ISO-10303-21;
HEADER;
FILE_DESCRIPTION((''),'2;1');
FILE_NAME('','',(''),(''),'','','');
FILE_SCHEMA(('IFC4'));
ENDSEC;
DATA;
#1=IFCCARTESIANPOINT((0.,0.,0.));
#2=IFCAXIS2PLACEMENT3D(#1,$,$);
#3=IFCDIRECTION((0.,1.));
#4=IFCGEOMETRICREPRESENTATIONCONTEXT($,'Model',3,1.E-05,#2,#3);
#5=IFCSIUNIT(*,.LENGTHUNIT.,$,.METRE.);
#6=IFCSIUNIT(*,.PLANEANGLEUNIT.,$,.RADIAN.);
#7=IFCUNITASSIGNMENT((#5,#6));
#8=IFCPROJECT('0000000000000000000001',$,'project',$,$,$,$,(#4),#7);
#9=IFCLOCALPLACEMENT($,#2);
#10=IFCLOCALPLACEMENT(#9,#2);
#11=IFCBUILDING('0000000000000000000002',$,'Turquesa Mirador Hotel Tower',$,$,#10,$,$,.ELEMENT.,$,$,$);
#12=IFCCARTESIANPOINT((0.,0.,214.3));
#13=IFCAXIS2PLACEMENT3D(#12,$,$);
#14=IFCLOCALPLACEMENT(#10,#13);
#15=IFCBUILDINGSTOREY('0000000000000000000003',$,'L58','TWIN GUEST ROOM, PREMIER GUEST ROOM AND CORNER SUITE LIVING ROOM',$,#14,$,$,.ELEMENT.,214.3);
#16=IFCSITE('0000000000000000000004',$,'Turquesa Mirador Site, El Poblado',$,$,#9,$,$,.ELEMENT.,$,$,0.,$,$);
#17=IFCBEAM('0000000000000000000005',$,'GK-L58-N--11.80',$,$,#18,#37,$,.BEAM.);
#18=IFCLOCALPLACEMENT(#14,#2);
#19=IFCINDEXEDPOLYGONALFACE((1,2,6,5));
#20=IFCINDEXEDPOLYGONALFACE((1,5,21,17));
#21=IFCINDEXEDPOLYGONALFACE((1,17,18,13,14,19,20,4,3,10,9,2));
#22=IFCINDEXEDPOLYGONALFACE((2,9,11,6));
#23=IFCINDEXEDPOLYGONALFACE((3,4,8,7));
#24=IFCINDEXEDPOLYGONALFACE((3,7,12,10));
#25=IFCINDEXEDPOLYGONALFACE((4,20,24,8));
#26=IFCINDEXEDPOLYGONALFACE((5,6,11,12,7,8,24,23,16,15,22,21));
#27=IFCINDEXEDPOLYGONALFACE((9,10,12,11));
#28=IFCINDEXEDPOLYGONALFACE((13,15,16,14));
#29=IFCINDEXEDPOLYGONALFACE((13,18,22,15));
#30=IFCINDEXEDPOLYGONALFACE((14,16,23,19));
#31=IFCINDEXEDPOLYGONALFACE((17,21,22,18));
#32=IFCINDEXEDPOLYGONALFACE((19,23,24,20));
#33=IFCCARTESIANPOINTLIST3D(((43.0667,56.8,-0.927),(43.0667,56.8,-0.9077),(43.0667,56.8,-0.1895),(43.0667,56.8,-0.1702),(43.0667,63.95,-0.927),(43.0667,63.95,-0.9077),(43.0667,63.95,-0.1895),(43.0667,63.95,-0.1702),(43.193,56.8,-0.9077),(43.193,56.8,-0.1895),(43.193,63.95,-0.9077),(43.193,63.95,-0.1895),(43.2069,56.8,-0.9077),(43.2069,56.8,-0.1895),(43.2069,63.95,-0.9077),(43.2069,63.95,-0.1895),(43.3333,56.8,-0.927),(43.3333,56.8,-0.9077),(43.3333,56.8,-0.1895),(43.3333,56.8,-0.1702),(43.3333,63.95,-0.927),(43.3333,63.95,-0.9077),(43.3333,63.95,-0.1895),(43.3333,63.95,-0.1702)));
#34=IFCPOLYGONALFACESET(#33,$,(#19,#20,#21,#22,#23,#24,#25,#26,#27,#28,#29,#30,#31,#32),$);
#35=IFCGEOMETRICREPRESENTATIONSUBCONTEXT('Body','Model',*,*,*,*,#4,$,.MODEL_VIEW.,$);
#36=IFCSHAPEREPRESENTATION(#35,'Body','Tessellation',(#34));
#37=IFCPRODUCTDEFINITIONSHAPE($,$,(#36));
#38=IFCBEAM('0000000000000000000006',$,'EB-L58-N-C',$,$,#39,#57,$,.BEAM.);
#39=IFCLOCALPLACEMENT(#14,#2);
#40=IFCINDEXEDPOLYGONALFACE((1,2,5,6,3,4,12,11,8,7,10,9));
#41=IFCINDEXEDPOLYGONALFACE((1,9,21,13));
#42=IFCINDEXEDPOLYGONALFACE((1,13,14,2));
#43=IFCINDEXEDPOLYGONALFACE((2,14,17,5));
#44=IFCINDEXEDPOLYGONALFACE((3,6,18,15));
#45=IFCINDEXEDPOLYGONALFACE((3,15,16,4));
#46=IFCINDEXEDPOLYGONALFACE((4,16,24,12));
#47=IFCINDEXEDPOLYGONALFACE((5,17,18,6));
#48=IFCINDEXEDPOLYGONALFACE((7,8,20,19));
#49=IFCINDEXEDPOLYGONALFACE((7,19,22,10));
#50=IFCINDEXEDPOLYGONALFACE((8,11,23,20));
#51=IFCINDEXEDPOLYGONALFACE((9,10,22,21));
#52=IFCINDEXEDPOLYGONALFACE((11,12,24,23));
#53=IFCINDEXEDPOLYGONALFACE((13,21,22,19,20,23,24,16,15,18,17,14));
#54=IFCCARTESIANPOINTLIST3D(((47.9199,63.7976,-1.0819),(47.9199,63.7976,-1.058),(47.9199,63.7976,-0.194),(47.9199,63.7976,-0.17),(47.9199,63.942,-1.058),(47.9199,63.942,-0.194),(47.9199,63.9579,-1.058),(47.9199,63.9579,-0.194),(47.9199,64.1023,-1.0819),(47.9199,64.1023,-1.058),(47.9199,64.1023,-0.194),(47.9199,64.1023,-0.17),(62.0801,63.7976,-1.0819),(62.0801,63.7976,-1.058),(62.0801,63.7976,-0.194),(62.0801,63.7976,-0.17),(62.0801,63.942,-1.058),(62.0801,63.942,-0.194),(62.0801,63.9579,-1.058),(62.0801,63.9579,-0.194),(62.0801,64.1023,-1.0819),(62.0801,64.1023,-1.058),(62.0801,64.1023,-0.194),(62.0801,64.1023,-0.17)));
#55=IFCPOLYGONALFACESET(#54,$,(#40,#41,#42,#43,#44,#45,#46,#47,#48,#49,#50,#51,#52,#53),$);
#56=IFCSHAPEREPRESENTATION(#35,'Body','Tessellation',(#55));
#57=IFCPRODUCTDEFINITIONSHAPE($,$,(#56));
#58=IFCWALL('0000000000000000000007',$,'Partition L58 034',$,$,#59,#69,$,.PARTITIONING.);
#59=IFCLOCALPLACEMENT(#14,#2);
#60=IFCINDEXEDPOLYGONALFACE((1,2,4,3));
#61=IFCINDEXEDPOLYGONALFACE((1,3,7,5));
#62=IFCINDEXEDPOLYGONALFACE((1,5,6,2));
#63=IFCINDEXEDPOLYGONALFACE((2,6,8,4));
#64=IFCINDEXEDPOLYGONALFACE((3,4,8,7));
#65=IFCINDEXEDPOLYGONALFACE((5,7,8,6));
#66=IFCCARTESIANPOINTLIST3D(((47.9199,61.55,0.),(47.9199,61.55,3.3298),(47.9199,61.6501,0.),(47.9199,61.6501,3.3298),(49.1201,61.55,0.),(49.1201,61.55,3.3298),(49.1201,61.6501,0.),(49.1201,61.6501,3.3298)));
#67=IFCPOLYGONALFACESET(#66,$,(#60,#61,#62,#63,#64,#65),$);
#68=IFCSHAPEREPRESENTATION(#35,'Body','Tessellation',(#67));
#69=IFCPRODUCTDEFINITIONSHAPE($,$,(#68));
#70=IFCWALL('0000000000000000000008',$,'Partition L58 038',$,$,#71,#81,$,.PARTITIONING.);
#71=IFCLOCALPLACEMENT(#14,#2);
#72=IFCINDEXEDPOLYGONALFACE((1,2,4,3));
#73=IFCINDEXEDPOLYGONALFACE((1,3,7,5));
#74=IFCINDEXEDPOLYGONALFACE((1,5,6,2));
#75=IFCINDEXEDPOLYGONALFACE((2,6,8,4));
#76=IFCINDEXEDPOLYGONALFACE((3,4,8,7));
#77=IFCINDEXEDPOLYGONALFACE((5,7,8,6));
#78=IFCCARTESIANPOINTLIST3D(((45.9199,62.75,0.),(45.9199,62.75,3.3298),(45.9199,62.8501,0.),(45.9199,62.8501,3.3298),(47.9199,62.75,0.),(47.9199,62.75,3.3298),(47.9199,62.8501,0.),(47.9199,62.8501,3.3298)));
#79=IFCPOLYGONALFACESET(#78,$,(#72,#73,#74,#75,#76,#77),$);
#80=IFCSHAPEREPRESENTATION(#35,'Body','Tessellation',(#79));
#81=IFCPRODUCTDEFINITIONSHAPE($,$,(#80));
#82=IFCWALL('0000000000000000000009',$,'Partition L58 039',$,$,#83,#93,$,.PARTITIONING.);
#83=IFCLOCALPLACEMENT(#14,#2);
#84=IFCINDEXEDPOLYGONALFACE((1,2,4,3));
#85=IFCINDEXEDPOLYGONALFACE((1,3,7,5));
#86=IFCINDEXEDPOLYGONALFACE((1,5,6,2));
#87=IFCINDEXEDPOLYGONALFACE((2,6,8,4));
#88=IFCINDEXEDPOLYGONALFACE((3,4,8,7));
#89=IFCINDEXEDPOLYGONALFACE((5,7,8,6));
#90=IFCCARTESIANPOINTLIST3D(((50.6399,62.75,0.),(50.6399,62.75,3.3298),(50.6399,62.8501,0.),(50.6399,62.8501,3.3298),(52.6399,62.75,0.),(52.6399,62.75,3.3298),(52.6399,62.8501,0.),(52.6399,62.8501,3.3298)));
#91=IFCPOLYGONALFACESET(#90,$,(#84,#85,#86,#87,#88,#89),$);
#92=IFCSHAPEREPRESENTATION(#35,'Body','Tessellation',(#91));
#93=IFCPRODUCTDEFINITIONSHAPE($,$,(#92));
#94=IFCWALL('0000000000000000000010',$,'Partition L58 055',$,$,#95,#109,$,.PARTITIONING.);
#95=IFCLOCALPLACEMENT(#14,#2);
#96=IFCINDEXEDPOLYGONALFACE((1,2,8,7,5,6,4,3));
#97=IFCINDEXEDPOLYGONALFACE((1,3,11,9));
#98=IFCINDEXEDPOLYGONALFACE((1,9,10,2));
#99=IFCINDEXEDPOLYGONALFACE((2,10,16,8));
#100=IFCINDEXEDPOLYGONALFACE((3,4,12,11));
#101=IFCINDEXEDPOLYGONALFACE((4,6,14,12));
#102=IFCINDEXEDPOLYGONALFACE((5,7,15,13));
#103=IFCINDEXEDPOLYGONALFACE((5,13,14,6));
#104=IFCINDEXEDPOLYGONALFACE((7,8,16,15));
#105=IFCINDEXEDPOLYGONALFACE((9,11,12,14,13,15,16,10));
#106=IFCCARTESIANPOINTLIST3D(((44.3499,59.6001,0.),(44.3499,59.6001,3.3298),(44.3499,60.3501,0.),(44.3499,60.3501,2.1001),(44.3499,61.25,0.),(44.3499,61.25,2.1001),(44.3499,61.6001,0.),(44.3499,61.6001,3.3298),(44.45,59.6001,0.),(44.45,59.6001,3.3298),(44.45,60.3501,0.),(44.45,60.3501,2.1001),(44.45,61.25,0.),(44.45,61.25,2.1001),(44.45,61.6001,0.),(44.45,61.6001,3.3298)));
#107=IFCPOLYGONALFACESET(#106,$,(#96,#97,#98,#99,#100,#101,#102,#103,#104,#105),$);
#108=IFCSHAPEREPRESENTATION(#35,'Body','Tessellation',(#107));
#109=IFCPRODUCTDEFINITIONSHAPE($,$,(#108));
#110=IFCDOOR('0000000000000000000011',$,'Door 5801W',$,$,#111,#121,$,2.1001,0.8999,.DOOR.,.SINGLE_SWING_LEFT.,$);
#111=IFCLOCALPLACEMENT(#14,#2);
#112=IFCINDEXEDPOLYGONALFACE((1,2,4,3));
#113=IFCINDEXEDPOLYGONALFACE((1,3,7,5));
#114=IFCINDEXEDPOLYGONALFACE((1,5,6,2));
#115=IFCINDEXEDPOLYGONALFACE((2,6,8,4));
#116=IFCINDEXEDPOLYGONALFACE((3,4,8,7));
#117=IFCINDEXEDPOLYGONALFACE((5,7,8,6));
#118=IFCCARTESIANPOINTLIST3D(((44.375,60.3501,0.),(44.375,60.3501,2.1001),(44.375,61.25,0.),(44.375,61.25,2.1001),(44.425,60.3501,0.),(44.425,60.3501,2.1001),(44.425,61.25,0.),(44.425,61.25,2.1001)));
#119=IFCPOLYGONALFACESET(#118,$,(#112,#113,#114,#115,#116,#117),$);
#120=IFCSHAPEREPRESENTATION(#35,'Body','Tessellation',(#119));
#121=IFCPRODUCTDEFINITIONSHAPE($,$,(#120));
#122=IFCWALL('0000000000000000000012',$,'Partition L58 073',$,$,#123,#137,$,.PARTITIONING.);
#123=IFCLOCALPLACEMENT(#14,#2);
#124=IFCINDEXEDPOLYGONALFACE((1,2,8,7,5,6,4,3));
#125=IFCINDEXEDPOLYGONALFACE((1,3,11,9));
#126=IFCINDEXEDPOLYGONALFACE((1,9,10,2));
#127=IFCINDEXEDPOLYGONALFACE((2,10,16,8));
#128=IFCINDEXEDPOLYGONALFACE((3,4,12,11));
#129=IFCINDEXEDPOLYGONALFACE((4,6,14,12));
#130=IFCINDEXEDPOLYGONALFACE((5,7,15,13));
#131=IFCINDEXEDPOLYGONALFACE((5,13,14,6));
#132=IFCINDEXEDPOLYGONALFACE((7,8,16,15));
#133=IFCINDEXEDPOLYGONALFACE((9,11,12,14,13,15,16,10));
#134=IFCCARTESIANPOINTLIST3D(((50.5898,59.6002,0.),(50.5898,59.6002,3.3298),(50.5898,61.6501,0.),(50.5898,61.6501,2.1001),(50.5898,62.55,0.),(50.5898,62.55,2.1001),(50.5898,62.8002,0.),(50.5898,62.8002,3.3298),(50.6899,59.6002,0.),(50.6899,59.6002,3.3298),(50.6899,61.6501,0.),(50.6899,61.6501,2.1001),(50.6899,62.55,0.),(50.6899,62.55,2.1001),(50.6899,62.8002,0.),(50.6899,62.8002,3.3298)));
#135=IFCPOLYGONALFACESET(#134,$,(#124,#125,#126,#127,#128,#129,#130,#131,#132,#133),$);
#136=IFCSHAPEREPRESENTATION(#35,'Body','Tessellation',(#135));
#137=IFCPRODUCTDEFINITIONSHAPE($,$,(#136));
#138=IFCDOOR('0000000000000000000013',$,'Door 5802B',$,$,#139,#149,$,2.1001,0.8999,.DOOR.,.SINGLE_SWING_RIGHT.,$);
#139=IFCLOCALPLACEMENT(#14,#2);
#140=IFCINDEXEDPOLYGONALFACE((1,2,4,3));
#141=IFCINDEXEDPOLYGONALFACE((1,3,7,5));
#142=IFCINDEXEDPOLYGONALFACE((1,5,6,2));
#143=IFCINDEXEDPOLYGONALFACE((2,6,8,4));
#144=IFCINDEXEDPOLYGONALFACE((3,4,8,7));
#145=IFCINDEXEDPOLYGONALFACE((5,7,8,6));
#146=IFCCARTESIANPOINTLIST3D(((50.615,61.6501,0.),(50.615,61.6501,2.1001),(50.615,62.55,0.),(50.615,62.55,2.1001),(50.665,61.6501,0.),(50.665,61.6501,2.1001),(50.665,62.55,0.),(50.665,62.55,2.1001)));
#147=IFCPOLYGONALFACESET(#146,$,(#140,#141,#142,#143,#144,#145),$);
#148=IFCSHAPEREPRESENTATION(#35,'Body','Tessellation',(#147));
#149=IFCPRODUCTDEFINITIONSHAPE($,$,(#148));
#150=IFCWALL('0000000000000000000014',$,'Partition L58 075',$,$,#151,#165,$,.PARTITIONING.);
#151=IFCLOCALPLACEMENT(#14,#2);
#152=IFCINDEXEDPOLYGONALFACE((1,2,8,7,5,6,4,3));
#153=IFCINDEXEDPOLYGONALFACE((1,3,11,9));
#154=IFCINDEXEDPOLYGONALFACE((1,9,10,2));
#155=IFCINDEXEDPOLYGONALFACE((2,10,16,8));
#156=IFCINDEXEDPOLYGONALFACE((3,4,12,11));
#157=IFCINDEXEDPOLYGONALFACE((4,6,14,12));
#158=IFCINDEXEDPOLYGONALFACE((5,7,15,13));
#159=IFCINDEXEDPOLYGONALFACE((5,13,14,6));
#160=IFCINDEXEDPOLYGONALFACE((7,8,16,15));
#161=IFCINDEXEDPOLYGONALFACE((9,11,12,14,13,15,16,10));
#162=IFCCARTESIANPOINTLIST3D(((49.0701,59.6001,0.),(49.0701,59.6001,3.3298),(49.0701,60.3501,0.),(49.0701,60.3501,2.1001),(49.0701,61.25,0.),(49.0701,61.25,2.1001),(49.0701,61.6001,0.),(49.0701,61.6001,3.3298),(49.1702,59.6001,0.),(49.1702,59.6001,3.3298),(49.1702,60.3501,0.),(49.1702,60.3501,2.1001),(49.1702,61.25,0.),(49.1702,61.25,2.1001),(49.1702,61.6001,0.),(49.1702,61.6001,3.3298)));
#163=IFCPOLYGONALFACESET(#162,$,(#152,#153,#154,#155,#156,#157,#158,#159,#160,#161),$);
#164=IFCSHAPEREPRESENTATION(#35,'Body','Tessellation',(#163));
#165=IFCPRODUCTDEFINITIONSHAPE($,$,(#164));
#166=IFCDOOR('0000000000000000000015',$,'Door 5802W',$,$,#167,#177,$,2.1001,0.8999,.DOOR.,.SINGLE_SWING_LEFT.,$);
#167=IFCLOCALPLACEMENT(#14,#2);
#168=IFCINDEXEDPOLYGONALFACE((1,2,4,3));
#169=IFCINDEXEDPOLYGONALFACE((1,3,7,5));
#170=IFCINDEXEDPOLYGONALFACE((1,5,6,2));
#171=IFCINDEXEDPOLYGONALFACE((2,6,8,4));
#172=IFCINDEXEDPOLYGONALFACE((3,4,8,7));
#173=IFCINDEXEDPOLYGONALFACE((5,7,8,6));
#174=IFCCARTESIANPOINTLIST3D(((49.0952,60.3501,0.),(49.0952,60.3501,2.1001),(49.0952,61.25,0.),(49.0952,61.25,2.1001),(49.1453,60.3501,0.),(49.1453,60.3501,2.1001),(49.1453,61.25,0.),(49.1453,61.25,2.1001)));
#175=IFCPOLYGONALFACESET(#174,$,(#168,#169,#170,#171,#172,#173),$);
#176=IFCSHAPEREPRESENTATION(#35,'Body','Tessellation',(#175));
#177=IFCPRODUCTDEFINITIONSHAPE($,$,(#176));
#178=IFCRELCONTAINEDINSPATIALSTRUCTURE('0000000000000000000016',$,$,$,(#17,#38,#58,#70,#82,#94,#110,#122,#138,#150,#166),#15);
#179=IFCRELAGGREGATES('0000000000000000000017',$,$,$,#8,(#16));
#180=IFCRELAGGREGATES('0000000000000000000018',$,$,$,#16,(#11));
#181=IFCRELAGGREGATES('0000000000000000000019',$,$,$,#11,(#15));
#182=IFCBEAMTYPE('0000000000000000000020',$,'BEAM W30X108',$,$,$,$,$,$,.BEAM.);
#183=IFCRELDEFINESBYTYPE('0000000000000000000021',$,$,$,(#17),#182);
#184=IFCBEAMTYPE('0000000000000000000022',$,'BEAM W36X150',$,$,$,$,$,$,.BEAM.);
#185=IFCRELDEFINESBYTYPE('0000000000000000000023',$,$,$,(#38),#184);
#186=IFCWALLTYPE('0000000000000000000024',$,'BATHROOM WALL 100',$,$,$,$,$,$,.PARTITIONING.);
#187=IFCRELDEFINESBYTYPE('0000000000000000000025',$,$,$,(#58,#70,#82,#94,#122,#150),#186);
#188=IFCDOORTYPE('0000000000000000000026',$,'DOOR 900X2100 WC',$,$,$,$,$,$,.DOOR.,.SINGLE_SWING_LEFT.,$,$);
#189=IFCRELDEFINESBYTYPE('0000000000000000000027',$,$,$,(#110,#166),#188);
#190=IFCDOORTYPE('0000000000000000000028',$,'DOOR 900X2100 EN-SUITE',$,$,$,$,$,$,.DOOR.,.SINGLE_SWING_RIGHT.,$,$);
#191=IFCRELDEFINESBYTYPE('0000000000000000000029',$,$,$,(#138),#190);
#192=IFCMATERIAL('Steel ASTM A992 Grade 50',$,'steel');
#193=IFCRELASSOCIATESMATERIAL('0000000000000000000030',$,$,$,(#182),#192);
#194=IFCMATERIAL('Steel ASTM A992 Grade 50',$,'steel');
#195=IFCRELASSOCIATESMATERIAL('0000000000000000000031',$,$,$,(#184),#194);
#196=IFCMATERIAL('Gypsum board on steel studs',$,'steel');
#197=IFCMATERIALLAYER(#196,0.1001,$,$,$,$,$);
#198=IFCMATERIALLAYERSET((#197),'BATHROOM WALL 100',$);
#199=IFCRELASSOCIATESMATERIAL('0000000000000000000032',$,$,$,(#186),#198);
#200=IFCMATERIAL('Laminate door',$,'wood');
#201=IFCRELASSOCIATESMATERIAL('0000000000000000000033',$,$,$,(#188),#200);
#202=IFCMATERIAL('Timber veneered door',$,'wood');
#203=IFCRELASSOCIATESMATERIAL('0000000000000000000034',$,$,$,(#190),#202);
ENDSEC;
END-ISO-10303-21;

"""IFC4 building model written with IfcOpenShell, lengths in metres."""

from ifc_helpers import new_model, si_unit, direction, frame, frame_2d, origin, origin_2d, place, context, subcontext, project, spatial, rectangle, i_section, extrude, material, layer, layer_set, material_profile, profile_set, type_object, element, fill, save


model = new_model("IFC4")

# Units and contexts
model_context = context("Model", 3, precision=1e-05, world=origin(), true_north=direction((0.0, 1.0)))
body_context = subcontext(model_context, "Body", "Model", "MODEL_VIEW")
ifc_project = project(units=[si_unit("LENGTHUNIT", "METRE"), si_unit("PLANEANGLEUNIT", "RADIAN")], contexts=[model_context])

# Site, building, storey
site_placement = place(None, origin())
site = spatial("IfcSite", under=ifc_project, at=site_placement, Name="Turquesa Mirador Site, El Poblado", CompositionType="ELEMENT", RefElevation=0.0)
building_placement = place(site_placement, origin())
building = spatial("IfcBuilding", under=site, at=building_placement, Name="Turquesa Mirador Hotel Tower", CompositionType="ELEMENT")
storey_placement = place(building_placement, frame((0.0, 0.0, 214.3)))
storey = spatial("IfcBuildingStorey", under=building, at=storey_placement, Name="L58", Description="TWIN GUEST ROOM, PREMIER GUEST ROOM AND CORNER SUITE LIVING ROOM", CompositionType="ELEMENT", Elevation=214.3)

# Beams
ifc_material_1 = material(Name="Steel ASTM A992 Grade 50", Category="steel")
ifc_material_profile_1 = material_profile(ifc_material_1, i_section(OverallWidth=0.2666, OverallDepth=0.7568, WebThickness=0.0139, FlangeThickness=0.0193, at=origin_2d()), Name="W30X108")
ifc_profile_set_1 = profile_set([ifc_material_profile_1], Name="Steel ASTM A992 Grade 50")
beam_type_1 = type_object("IfcBeamType", Name="BEAM W30X108", PredefinedType="BEAM", material=ifc_profile_set_1)
beam_1_placement = place(storey_placement, frame((43.2, 63.95, -0.5486), z_axis=(0.0, -1.0, 0.0), x_axis=(1.0, 0.0, 0.0)))
element("IfcBeam", 1, at=beam_1_placement, inside=storey, type_object=beam_type_1, Name="GK-L58-N--11.80", PredefinedType="BEAM", context=body_context, shape_type="SweptSolid", body=[
    extrude(i_section(OverallWidth=0.2666, OverallDepth=0.7568, WebThickness=0.0139, FlangeThickness=0.0193, at=origin_2d()), origin(), (0.0, 0.0, 1.0), 7.1499),
])
ifc_material_2 = material(Name="Steel ASTM A992 Grade 50", Category="steel")
ifc_material_profile_2 = material_profile(ifc_material_2, i_section(OverallWidth=0.3047, OverallDepth=0.9119, WebThickness=0.0159, FlangeThickness=0.0239, at=origin_2d()), Name="W36X150")
ifc_profile_set_2 = profile_set([ifc_material_profile_2], Name="Steel ASTM A992 Grade 50")
beam_type_2 = type_object("IfcBeamType", Name="BEAM W36X150", PredefinedType="BEAM", material=ifc_profile_set_2)
beam_2_placement = place(storey_placement, frame((47.9199, 63.95, -0.626), z_axis=(1.0, 0.0, 0.0), x_axis=(0.0, 1.0, 0.0)))
element("IfcBeam", 2, at=beam_2_placement, inside=storey, type_object=beam_type_2, Name="EB-L58-N-C", PredefinedType="BEAM", context=body_context, shape_type="SweptSolid", body=[
    extrude(i_section(OverallWidth=0.3047, OverallDepth=0.9119, WebThickness=0.0159, FlangeThickness=0.0239, at=origin_2d()), origin(), (0.0, 0.0, 1.0), 14.1602),
])

# Walls
ifc_material_3 = material(Name="Gypsum board on steel studs", Category="steel")
ifc_layer_1 = layer(ifc_material_3, 0.1001)
ifc_layer_set_1 = layer_set([ifc_layer_1], Name="BATHROOM WALL 100")
wall_type_1 = type_object("IfcWallType", Name="BATHROOM WALL 100", PredefinedType="PARTITIONING", material=ifc_layer_set_1)
wall_1_placement = place(storey_placement, frame((47.9199, 61.6001, 0.0), z_axis=(0.0, 0.0, 1.0), x_axis=(1.0, 0.0, 0.0)))
element("IfcWall", 3, at=wall_1_placement, inside=storey, type_object=wall_type_1, Name="Partition L58 034", PredefinedType="PARTITIONING", context=body_context, shape_type="SweptSolid", body=[
    extrude(rectangle(XDim=1.2002, YDim=0.1001, at=frame_2d((0.6001, 0.0))), origin(), (0.0, 0.0, 1.0), 3.3298),
])
for number, where, z_axis, x_axis, name in (
    (4, (45.9199, 62.8, 0.0), (0.0, 0.0, 1.0), (1.0, 0.0, 0.0), "Partition L58 038"),
    (5, (50.6399, 62.8, 0.0), (0.0, 0.0, 1.0), (1.0, 0.0, 0.0), "Partition L58 039"),
):
    element("IfcWall", number, at=place(storey_placement, frame(where, z_axis=z_axis, x_axis=x_axis)), inside=storey, type_object=wall_type_1, Name=name, PredefinedType="PARTITIONING", context=body_context, shape_type="SweptSolid", body=[
        extrude(rectangle(XDim=2.0, YDim=0.1001, at=frame_2d((1.0, 0.0))), origin(), (0.0, 0.0, 1.0), 3.3298),
    ])

# Walls, openings, doors
wall_2_placement = place(storey_placement, frame((44.3999, 59.6001, 0.0), z_axis=(0.0, 0.0, 1.0), x_axis=(0.0, 1.0, 0.0)))
wall_2 = element("IfcWall", 6, at=wall_2_placement, inside=storey, type_object=wall_type_1, Name="Partition L58 055", PredefinedType="PARTITIONING", context=body_context, shape_type="SweptSolid", body=[
    extrude(rectangle(XDim=2.0, YDim=0.1001, at=frame_2d((1.0, 0.0))), origin(), (0.0, 0.0, 1.0), 3.3298),
])
opening_1_placement = place(wall_2_placement, frame((0.75, 0.0, 0.0)))
opening_1 = element("IfcOpeningElement", 7, at=opening_1_placement, cuts=wall_2, PredefinedType="OPENING", context=body_context, shape_type="SweptSolid", body=[
    extrude(rectangle(XDim=0.8999, YDim=2.1001, at=frame_2d((0.45, 1.05))), frame((0.0, 0.0601, 0.0), z_axis=(0.0, -1.0, 0.0), x_axis=(1.0, 0.0, 0.0)), (0.0, 0.0, 1.0), 0.1201),
])
ifc_material_4 = material(Name="Laminate door", Category="wood")
door_type_1 = type_object("IfcDoorType", Name="DOOR 900X2100 WC", OperationType="SINGLE_SWING_LEFT", PredefinedType="DOOR", material=ifc_material_4)
door_1_placement = place(opening_1_placement, origin())
door_1 = element("IfcDoor", 8, at=door_1_placement, inside=storey, type_object=door_type_1, Name="Door 5801W", OperationType="SINGLE_SWING_LEFT", OverallHeight=2.1001, OverallWidth=0.8999, PredefinedType="DOOR", context=body_context, shape_type="SweptSolid", body=[
    extrude(rectangle(XDim=0.8999, YDim=2.1001, at=frame_2d((0.45, 1.05))), frame((0.0, 0.0249, 0.0), z_axis=(0.0, -1.0, 0.0), x_axis=(1.0, 0.0, 0.0)), (0.0, 0.0, 1.0), 0.05),
])
fill(opening_1, door_1)
wall_3_placement = place(storey_placement, frame((50.6399, 59.6001, 0.0), z_axis=(0.0, 0.0, 1.0), x_axis=(0.0, 1.0, 0.0)))
wall_3 = element("IfcWall", 9, at=wall_3_placement, inside=storey, type_object=wall_type_1, Name="Partition L58 073", PredefinedType="PARTITIONING", context=body_context, shape_type="SweptSolid", body=[
    extrude(rectangle(XDim=3.2, YDim=0.1001, at=frame_2d((1.6001, 0.0))), origin(), (0.0, 0.0, 1.0), 3.3298),
])
opening_2_placement = place(wall_3_placement, frame((2.05, 0.0, 0.0)))
opening_2 = element("IfcOpeningElement", 10, at=opening_2_placement, cuts=wall_3, PredefinedType="OPENING", context=body_context, shape_type="SweptSolid", body=[
    extrude(rectangle(XDim=0.8999, YDim=2.1001, at=frame_2d((0.45, 1.05))), frame((0.0, 0.0601, 0.0), z_axis=(0.0, -1.0, 0.0), x_axis=(1.0, 0.0, 0.0)), (0.0, 0.0, 1.0), 0.1201),
])
ifc_material_5 = material(Name="Timber veneered door", Category="wood")
door_type_2 = type_object("IfcDoorType", Name="DOOR 900X2100 EN-SUITE", OperationType="SINGLE_SWING_RIGHT", PredefinedType="DOOR", material=ifc_material_5)
door_2_placement = place(opening_2_placement, origin())
door_2 = element("IfcDoor", 11, at=door_2_placement, inside=storey, type_object=door_type_2, Name="Door 5802B", OperationType="SINGLE_SWING_RIGHT", OverallHeight=2.1001, OverallWidth=0.8999, PredefinedType="DOOR", context=body_context, shape_type="SweptSolid", body=[
    extrude(rectangle(XDim=0.8999, YDim=2.1001, at=frame_2d((0.45, 1.05))), frame((0.0, 0.0249, 0.0), z_axis=(0.0, -1.0, 0.0), x_axis=(1.0, 0.0, 0.0)), (0.0, 0.0, 1.0), 0.05),
])
fill(opening_2, door_2)
wall_4_placement = place(storey_placement, frame((49.1201, 59.6001, 0.0), z_axis=(0.0, 0.0, 1.0), x_axis=(0.0, 1.0, 0.0)))
wall_4 = element("IfcWall", 12, at=wall_4_placement, inside=storey, type_object=wall_type_1, Name="Partition L58 075", PredefinedType="PARTITIONING", context=body_context, shape_type="SweptSolid", body=[
    extrude(rectangle(XDim=2.0, YDim=0.1001, at=frame_2d((1.0, 0.0))), origin(), (0.0, 0.0, 1.0), 3.3298),
])
opening_3_placement = place(wall_4_placement, frame((0.75, 0.0, 0.0)))
opening_3 = element("IfcOpeningElement", 13, at=opening_3_placement, cuts=wall_4, PredefinedType="OPENING", context=body_context, shape_type="SweptSolid", body=[
    extrude(rectangle(XDim=0.8999, YDim=2.1001, at=frame_2d((0.45, 1.05))), frame((0.0, 0.0601, 0.0), z_axis=(0.0, -1.0, 0.0), x_axis=(1.0, 0.0, 0.0)), (0.0, 0.0, 1.0), 0.1201),
])
door_3_placement = place(opening_3_placement, origin())
door_3 = element("IfcDoor", 14, at=door_3_placement, inside=storey, type_object=door_type_1, Name="Door 5802W", OperationType="SINGLE_SWING_LEFT", OverallHeight=2.1001, OverallWidth=0.8999, PredefinedType="DOOR", context=body_context, shape_type="SweptSolid", body=[
    extrude(rectangle(XDim=0.8999, YDim=2.1001, at=frame_2d((0.45, 1.05))), frame((0.0, 0.0249, 0.0), z_axis=(0.0, -1.0, 0.0), x_axis=(1.0, 0.0, 0.0)), (0.0, 0.0, 1.0), 0.05),
])
fill(opening_3, door_3)

save(model, "model.ifc")
